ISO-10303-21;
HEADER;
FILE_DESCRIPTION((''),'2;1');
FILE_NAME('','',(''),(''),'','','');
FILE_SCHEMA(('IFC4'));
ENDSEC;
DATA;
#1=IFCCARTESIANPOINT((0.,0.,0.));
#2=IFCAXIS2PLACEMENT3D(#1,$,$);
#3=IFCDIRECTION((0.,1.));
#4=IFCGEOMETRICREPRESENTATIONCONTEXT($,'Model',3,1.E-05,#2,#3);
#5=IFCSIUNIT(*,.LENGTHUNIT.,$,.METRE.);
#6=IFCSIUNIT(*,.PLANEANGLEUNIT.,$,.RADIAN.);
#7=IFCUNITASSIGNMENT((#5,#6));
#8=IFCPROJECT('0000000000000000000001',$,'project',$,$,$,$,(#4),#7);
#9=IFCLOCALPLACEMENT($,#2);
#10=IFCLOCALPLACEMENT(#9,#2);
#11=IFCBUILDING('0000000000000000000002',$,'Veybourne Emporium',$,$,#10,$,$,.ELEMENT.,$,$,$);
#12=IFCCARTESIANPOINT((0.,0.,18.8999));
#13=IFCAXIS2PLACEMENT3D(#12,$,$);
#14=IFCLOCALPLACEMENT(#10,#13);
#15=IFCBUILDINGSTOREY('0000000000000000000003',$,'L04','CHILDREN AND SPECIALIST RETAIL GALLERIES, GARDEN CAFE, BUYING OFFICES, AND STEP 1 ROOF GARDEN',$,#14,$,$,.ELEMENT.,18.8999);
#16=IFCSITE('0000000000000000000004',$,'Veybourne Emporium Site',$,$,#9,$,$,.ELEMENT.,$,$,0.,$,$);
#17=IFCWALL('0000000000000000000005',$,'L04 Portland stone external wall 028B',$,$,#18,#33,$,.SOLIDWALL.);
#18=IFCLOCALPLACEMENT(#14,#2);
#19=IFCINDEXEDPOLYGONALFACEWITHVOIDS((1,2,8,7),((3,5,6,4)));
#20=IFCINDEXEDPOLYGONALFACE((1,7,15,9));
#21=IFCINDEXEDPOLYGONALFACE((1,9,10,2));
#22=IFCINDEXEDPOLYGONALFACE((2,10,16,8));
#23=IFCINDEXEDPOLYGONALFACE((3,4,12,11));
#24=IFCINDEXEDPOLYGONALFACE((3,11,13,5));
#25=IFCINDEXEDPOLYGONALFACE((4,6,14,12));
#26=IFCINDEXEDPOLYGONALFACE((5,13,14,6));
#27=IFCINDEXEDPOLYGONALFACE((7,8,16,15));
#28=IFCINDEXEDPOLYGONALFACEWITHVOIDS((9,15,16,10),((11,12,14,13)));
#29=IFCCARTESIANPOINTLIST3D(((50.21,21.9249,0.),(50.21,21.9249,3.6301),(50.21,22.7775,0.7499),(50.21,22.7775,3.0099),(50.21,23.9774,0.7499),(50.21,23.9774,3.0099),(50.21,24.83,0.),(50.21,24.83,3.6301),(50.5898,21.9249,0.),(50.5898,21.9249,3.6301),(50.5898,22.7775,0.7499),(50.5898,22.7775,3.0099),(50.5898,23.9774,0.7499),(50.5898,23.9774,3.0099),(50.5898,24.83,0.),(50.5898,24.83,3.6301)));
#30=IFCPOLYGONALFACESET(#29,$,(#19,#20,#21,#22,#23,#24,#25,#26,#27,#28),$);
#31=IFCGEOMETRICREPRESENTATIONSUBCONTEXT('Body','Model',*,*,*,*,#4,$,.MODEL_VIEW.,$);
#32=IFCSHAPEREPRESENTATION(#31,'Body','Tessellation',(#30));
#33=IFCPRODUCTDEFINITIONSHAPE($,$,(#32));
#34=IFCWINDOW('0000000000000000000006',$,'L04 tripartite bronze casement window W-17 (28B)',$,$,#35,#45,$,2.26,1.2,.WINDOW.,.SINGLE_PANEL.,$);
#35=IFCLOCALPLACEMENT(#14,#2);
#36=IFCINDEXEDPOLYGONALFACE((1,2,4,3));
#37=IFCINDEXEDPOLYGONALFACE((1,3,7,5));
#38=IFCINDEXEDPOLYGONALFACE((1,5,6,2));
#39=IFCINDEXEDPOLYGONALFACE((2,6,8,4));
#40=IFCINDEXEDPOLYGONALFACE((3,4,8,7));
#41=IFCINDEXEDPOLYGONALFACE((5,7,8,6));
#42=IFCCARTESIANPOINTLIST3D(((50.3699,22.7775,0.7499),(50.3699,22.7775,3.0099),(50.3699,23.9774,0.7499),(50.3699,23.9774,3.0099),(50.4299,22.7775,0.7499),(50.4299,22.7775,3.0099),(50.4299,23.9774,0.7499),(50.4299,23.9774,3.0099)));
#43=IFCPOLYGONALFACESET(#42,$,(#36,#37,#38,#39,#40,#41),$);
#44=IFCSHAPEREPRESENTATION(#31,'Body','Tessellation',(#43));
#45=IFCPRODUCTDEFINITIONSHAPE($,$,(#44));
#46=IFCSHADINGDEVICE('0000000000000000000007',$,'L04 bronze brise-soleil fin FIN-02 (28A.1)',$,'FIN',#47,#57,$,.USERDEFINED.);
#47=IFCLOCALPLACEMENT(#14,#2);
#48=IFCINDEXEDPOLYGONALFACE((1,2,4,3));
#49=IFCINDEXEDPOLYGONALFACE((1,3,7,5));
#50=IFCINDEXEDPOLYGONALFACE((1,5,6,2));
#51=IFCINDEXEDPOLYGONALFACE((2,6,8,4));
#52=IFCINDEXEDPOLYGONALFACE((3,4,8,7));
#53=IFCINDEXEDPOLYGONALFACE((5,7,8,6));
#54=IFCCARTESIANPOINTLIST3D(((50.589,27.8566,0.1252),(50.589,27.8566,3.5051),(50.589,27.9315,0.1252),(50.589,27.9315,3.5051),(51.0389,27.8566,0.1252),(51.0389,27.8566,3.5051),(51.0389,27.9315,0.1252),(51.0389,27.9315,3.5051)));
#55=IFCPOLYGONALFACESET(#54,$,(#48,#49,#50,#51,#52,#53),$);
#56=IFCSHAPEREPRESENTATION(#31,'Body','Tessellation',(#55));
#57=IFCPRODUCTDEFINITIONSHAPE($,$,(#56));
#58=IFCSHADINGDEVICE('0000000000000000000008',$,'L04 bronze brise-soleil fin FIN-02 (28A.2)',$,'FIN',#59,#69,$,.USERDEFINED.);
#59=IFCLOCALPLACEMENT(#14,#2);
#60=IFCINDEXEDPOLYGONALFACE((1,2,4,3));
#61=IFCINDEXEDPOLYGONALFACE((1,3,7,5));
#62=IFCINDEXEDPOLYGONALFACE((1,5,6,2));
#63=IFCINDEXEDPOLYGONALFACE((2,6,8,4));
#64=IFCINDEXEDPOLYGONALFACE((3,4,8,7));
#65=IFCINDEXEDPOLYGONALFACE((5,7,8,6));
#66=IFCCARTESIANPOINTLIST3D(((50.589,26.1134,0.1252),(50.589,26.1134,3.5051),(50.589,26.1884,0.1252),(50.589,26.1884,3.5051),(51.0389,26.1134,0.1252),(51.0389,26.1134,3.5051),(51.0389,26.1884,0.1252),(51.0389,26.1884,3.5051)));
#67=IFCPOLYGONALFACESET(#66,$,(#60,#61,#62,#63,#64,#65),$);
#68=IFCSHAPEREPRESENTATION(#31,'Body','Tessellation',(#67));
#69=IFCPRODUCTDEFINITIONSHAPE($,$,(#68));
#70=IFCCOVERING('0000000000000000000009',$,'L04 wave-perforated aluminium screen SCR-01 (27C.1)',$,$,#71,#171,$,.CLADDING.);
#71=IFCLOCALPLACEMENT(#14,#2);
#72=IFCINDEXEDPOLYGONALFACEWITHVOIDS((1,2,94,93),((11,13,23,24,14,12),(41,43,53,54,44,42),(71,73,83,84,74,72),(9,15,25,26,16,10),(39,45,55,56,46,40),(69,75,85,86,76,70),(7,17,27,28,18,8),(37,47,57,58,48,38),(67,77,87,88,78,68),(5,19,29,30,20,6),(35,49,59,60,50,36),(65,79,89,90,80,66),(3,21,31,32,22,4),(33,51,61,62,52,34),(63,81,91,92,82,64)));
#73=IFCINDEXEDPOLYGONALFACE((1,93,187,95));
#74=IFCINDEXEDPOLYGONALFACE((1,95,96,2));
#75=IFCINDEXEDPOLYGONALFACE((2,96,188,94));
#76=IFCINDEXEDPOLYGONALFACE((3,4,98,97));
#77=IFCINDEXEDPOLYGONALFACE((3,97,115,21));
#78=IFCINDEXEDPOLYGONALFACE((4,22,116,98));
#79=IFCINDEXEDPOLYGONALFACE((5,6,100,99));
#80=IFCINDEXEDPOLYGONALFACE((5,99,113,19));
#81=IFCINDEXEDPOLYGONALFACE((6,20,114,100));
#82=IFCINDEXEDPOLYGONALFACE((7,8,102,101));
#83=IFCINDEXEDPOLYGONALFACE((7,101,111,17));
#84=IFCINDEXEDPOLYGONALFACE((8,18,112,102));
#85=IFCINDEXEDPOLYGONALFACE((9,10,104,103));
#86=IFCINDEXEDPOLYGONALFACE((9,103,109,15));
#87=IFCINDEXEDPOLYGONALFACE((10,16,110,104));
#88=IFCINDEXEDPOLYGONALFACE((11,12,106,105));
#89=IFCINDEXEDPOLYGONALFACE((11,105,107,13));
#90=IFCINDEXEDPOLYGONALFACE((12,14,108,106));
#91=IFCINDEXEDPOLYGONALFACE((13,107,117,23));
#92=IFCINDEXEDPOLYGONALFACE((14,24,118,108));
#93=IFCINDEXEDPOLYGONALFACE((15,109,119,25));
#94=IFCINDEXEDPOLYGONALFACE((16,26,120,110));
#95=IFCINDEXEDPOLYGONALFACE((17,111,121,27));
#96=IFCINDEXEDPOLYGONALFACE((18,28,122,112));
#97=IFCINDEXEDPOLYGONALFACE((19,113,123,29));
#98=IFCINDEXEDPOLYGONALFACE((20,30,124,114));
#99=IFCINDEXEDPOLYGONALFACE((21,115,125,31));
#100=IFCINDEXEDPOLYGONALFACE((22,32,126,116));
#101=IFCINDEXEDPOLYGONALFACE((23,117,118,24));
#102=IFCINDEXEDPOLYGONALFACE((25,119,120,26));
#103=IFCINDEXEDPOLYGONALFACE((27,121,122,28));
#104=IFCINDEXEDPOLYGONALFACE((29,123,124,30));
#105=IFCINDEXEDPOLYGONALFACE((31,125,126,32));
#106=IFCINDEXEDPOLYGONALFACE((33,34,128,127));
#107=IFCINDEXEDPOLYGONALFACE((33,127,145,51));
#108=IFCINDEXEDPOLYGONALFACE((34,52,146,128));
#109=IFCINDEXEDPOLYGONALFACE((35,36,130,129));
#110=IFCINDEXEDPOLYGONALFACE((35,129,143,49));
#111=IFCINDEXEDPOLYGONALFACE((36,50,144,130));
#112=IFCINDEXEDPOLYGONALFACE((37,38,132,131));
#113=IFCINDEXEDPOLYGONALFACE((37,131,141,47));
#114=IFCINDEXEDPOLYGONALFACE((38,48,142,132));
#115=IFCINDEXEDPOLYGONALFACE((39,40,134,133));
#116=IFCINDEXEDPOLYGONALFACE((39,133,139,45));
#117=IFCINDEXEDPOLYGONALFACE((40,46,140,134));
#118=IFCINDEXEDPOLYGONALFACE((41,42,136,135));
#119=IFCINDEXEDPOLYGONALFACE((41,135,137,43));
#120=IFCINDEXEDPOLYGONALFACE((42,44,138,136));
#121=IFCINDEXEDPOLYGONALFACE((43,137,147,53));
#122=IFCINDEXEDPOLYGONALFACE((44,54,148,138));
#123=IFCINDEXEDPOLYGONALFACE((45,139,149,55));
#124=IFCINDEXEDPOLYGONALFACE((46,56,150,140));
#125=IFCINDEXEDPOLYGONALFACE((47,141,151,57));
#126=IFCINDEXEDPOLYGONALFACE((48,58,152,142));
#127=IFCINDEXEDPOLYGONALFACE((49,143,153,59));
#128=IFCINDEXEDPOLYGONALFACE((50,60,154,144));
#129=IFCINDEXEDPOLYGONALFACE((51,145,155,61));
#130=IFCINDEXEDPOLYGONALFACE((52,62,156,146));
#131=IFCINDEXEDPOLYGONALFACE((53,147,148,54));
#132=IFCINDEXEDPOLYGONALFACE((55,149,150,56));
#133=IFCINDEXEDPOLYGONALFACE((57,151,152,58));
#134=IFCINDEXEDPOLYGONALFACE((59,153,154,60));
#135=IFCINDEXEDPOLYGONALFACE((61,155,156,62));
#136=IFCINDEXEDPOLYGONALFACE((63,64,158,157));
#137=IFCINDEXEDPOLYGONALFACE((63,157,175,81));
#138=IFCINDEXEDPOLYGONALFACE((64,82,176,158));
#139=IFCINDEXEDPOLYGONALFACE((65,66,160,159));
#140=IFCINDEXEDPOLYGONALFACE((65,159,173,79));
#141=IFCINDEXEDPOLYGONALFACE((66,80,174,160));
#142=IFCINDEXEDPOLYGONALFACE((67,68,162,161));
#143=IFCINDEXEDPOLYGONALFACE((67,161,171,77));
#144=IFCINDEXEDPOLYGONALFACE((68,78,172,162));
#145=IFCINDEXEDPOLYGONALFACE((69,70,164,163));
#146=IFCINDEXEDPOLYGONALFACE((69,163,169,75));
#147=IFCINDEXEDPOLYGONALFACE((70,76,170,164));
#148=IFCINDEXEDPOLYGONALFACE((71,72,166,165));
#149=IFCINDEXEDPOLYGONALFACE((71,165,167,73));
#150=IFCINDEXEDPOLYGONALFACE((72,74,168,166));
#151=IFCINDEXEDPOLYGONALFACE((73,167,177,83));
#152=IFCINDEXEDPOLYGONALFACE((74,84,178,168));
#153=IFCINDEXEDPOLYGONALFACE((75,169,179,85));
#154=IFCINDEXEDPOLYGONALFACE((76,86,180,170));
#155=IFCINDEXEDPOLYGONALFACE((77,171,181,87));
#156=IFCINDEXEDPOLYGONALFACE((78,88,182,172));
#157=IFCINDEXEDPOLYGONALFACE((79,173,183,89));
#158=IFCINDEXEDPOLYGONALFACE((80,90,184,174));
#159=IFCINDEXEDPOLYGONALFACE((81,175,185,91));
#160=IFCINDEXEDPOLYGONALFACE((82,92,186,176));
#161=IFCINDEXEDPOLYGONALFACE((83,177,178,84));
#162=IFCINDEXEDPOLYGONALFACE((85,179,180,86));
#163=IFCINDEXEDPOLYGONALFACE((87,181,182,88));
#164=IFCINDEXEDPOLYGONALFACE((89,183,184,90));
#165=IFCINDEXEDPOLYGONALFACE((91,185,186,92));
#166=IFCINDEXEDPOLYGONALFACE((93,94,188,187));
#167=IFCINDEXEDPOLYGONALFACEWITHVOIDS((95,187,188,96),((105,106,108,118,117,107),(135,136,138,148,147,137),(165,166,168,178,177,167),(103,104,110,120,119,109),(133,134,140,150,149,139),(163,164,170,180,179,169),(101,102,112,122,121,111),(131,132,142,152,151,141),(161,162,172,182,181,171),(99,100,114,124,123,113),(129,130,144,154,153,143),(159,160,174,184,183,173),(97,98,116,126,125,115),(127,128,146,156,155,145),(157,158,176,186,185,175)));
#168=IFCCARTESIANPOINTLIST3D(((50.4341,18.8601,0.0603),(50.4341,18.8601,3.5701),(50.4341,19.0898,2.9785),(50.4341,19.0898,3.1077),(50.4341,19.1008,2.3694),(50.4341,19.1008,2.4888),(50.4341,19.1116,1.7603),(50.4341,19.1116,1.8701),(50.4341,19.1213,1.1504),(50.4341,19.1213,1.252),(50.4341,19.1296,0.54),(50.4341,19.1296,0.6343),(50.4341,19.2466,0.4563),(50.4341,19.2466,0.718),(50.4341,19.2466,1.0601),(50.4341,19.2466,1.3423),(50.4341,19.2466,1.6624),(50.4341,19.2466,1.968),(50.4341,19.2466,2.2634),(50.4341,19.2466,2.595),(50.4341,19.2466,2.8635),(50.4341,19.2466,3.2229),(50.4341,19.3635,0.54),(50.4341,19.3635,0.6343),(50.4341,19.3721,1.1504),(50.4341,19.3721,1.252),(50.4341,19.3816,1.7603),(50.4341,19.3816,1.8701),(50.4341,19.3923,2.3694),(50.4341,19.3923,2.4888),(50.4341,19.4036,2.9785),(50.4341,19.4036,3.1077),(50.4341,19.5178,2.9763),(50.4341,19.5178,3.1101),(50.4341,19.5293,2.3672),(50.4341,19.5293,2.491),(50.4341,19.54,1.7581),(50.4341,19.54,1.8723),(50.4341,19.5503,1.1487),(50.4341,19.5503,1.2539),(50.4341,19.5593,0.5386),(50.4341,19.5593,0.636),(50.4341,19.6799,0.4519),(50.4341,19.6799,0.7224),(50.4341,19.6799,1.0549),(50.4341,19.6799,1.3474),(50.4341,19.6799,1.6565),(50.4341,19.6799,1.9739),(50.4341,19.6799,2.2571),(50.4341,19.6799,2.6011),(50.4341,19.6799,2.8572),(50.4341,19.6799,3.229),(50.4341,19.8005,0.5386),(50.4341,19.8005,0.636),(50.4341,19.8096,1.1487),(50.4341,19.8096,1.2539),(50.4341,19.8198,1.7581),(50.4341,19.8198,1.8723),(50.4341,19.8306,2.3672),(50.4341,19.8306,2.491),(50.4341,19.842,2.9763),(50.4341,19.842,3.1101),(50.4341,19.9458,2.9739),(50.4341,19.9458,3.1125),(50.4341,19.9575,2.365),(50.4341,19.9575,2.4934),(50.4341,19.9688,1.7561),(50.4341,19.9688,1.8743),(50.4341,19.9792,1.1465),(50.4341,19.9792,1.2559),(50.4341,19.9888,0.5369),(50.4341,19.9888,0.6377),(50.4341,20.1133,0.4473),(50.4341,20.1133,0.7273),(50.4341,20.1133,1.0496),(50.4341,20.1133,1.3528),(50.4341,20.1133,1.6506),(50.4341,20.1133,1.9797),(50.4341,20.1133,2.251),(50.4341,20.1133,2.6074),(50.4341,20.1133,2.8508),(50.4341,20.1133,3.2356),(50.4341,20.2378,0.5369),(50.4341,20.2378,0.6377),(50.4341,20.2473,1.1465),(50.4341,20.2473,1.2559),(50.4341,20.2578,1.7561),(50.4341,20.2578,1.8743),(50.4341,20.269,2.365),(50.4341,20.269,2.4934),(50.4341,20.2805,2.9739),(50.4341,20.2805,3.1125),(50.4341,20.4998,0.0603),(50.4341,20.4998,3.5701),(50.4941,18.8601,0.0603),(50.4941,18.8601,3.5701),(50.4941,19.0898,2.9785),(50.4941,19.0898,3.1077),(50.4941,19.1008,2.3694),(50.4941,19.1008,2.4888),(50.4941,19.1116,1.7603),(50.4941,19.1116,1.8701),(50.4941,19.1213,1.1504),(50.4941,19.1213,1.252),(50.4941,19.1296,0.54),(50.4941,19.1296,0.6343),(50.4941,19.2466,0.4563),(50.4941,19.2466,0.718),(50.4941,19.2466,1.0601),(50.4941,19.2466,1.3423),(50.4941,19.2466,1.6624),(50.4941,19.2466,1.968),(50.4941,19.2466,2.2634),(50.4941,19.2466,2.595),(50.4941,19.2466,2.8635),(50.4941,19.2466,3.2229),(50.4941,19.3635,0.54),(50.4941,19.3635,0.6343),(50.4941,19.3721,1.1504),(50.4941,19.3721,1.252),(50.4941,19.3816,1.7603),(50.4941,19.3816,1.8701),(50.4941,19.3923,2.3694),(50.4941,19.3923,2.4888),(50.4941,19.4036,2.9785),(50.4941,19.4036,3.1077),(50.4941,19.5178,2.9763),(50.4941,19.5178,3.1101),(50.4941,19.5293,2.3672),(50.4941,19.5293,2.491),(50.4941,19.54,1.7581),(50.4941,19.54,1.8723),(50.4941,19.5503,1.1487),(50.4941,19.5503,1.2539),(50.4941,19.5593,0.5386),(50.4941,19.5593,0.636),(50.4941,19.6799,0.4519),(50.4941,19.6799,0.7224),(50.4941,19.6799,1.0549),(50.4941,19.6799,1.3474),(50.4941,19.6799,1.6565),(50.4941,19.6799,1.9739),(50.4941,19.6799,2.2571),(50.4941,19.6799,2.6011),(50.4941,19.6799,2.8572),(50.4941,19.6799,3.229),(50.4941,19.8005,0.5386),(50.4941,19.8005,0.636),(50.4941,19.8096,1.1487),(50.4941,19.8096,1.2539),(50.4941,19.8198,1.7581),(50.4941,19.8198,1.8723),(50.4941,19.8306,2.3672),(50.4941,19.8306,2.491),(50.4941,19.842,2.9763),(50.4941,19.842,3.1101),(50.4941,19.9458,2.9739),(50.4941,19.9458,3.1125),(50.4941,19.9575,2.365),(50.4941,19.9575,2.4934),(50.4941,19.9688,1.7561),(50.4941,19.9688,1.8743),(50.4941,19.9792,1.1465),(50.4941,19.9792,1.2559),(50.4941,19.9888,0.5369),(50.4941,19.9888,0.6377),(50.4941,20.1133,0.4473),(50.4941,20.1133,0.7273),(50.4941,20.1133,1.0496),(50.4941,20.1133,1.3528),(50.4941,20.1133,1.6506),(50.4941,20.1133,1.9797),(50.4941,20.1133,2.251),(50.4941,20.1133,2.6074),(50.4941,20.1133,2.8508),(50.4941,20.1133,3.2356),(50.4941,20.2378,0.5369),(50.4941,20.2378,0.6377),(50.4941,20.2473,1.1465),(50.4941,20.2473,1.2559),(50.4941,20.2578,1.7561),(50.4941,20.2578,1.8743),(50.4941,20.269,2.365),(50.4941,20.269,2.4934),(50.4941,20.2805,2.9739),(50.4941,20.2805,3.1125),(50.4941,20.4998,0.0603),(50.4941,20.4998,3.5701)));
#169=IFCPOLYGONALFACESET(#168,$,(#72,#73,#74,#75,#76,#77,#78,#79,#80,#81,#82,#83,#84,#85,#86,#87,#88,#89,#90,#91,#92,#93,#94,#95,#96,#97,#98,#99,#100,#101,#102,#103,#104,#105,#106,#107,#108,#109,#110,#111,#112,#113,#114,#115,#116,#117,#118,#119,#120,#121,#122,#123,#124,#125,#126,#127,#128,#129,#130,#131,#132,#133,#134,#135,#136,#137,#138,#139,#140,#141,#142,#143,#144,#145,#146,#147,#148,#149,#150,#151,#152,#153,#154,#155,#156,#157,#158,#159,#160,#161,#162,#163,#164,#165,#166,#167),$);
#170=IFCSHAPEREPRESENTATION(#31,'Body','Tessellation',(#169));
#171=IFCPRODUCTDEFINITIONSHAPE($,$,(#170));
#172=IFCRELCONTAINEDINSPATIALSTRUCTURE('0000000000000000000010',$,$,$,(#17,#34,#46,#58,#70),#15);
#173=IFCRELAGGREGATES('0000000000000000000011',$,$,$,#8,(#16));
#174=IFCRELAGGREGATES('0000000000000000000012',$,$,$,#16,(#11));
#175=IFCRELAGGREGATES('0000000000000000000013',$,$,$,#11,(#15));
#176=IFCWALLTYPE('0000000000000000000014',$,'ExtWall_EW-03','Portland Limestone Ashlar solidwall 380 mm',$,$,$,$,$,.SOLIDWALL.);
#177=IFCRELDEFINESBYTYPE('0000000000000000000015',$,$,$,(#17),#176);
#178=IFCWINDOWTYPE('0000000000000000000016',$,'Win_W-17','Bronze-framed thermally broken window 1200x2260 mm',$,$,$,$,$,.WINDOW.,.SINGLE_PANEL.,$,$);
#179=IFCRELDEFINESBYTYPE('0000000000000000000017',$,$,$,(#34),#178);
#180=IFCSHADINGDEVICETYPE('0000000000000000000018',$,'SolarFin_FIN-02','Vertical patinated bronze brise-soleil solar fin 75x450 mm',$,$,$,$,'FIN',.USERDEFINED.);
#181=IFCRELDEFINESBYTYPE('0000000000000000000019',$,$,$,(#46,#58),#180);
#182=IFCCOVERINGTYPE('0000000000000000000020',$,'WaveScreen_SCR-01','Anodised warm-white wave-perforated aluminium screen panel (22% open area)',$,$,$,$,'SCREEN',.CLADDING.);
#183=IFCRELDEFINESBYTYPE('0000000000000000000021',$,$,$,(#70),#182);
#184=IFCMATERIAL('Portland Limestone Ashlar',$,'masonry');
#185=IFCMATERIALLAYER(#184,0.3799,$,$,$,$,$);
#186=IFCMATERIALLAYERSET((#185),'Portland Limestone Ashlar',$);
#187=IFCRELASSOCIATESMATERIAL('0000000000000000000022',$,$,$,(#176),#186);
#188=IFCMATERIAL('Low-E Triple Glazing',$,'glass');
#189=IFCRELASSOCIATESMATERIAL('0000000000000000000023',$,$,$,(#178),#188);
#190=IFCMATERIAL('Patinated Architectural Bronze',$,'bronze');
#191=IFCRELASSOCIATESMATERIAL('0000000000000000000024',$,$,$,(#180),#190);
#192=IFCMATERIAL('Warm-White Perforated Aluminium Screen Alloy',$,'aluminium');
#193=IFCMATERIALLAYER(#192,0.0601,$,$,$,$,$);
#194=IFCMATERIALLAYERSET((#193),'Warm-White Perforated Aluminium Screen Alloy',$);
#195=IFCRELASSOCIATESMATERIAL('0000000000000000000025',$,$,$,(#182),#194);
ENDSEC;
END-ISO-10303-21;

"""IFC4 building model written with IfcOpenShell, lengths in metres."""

from ifc_helpers import new_model, si_unit, direction, frame, frame_2d, origin, origin_2d, place, context, subcontext, project, spatial, polyline, rectangle, outline, extrude, material, layer, layer_set, type_object, element, fill, save


model = new_model("IFC4")

# Units and contexts
model_context = context("Model", 3, precision=1e-05, world=origin(), true_north=direction((0.0, 1.0)))
body_context = subcontext(model_context, "Body", "Model", "MODEL_VIEW")
ifc_project = project(units=[si_unit("LENGTHUNIT", "METRE"), si_unit("PLANEANGLEUNIT", "RADIAN")], contexts=[model_context])

# Site, building, storey
site_placement = place(None, origin())
site = spatial("IfcSite", under=ifc_project, at=site_placement, Name="Veybourne Emporium Site", CompositionType="ELEMENT", RefElevation=0.0)
building_placement = place(site_placement, origin())
building = spatial("IfcBuilding", under=site, at=building_placement, Name="Veybourne Emporium", CompositionType="ELEMENT")
storey_placement = place(building_placement, frame((0.0, 0.0, 18.8999)))
storey = spatial("IfcBuildingStorey", under=building, at=storey_placement, Name="L04", Description="CHILDREN AND SPECIALIST RETAIL GALLERIES, GARDEN CAFE, BUYING OFFICES, AND STEP 1 ROOF GARDEN", CompositionType="ELEMENT", Elevation=18.8999)

# Shared definitions
ifc_material_1 = material(Name="Patinated Architectural Bronze", Category="bronze")
ifc_material_2 = material(Name="Low-E Triple Glazing", Category="glass")

# Wall, opening, window
ifc_material_3 = material(Name="Portland Limestone Ashlar", Category="masonry")
ifc_layer_1 = layer(ifc_material_3, 0.3799)
ifc_layer_set_1 = layer_set([ifc_layer_1], Name="Portland Limestone Ashlar")
wall_type = type_object("IfcWallType", Name="ExtWall_EW-03", Description="Portland Limestone Ashlar solidwall 380 mm", PredefinedType="SOLIDWALL", material=ifc_layer_set_1)
wall_1_placement = place(storey_placement, frame((50.3999, 24.8301, 0.0), z_axis=(0.0, 0.0, 1.0), x_axis=(0.0, -1.0, 0.0)))
wall_1 = element("IfcWall", 1, at=wall_1_placement, inside=storey, type_object=wall_type, Name="L04 Portland stone external wall 028B", PredefinedType="SOLIDWALL", context=body_context, shape_type="SweptSolid", body=[
    extrude(rectangle(XDim=2.905, YDim=0.3799, at=frame_2d((1.4526, 0.0))), origin(), (0.0, 0.0, 1.0), 3.6301),
])
opening_1_placement = place(wall_1_placement, frame((0.8525, 0.0, 0.75)))
opening_1 = element("IfcOpeningElement", 2, at=opening_1_placement, cuts=wall_1, PredefinedType="OPENING", context=body_context, shape_type="SweptSolid", body=[
    extrude(rectangle(XDim=1.2, YDim=2.26, at=frame_2d((0.6001, 1.1299))), frame((0.0, 0.21, 0.0), z_axis=(0.0, -1.0, 0.0), x_axis=(1.0, 0.0, 0.0)), (0.0, 0.0, 1.0), 0.4199),
])
window_type_1 = type_object("IfcWindowType", Name="Win_W-17", Description="Bronze-framed thermally broken window 1200x2260 mm", PartitioningType="SINGLE_PANEL", PredefinedType="WINDOW", material=ifc_material_2)
window_1_placement = place(opening_1_placement, origin())
window_1 = element("IfcWindow", 3, at=window_1_placement, inside=storey, type_object=window_type_1, Name="L04 tripartite bronze casement window W-17 (28B)", OverallHeight=2.26, OverallWidth=1.2, PartitioningType="SINGLE_PANEL", PredefinedType="WINDOW", context=body_context, shape_type="SweptSolid", body=[
    extrude(rectangle(XDim=1.2, YDim=2.26, at=frame_2d((0.6001, 1.1299))), frame((0.0, 0.03, 0.0), z_axis=(0.0, -1.0, 0.0), x_axis=(1.0, 0.0, 0.0)), (0.0, 0.0, 1.0), 0.0601),
])
fill(opening_1, window_1)

# Shading devices
shading_device_type = type_object("IfcShadingDeviceType", Name="SolarFin_FIN-02", Description="Vertical patinated bronze brise-soleil solar fin 75x450 mm", ElementType="FIN", PredefinedType="USERDEFINED", material=ifc_material_1)
for number, where, z_axis, x_axis, name in (
    (4, (50.814, 27.894, 0.1252), (0.0, 0.0, 1.0), (0.0, -1.0, 0.0), "L04 bronze brise-soleil fin FIN-02 (28A.1)"),
    (5, (50.814, 26.1509, 0.1252), (0.0, 0.0, 1.0), (0.0, -1.0, 0.0), "L04 bronze brise-soleil fin FIN-02 (28A.2)"),
):
    element("IfcShadingDevice", number, at=place(storey_placement, frame(where, z_axis=z_axis, x_axis=x_axis)), inside=storey, type_object=shading_device_type, Name=name, ObjectType="FIN", PredefinedType="USERDEFINED", context=body_context, shape_type="SweptSolid", body=[
        extrude(rectangle(XDim=0.075, YDim=0.45, at=origin_2d()), origin(), (0.0, 0.0, 1.0), 3.3799),
    ])

# Covering
ifc_material_4 = material(Name="Warm-White Perforated Aluminium Screen Alloy", Category="aluminium")
ifc_layer_2 = layer(ifc_material_4, 0.0601)
ifc_layer_set_2 = layer_set([ifc_layer_2], Name="Warm-White Perforated Aluminium Screen Alloy")
covering_type_1 = type_object("IfcCoveringType", Name="WaveScreen_SCR-01", Description="Anodised warm-white wave-perforated aluminium screen panel (22% open area)", ElementType="SCREEN", PredefinedType="CLADDING", material=ifc_layer_set_2)
covering_1_placement = place(storey_placement, frame((50.4941, 19.6799, 1.8152), z_axis=(-1.0, 0.0, 0.0), x_axis=(0.0, -1.0, 0.0)))
element("IfcCovering", 6, at=covering_1_placement, inside=storey, type_object=covering_type_1, Name="L04 wave-perforated aluminium screen SCR-01 (27C.1)", PredefinedType="CLADDING", context=body_context, shape_type="SweptSolid", body=[
    extrude(outline(polyline([(-0.8198, -1.7549), (0.8198, -1.7549), (0.8198, 1.7549), (-0.8198, 1.7549), (-0.8198, -1.7549)]), holes=[polyline([(-0.4333, -1.0879), (-0.3088, -1.1775), (-0.3088, -1.2783), (-0.4333, -1.3679), (-0.5579, -1.2783), (-0.5579, -1.1775), (-0.4333, -1.0879)]), polyline([(-0.4333, -0.4624), (-0.2993, -0.5593), (-0.2993, -0.6687), (-0.4333, -0.7656), (-0.5674, -0.6687), (-0.5674, -0.5593), (-0.4333, -0.4624)]), polyline([(-0.4333, 0.1646), (-0.2888, 0.0591), (-0.2888, -0.0591), (-0.4333, -0.1646), (-0.5779, -0.0591), (-0.5779, 0.0591), (-0.4333, 0.1646)]), polyline([(-0.4333, 0.7922), (-0.2776, 0.6782), (-0.2776, 0.5498), (-0.4333, 0.4358), (-0.5891, 0.5498), (-0.5891, 0.6782), (-0.4333, 0.7922)]), polyline([(-0.4333, 1.4204), (-0.2659, 1.2974), (-0.2659, 1.1587), (-0.4333, 1.0356), (-0.6006, 1.1587), (-0.6006, 1.2974), (-0.4333, 1.4204)]), polyline([(0.0, -1.0928), (0.1206, -1.1792), (0.1206, -1.2766), (0.0, -1.3633), (-0.1206, -1.2766), (-0.1206, -1.1792), (0.0, -1.0928)]), polyline([(0.0, -0.4678), (0.1296, -0.5613), (0.1296, -0.6665), (0.0, -0.7603), (-0.1296, -0.6665), (-0.1296, -0.5613), (0.0, -0.4678)]), polyline([(0.0, 0.1587), (0.1399, 0.0571), (0.1399, -0.0571), (0.0, -0.1587), (-0.1399, -0.0571), (-0.1399, 0.0571), (0.0, 0.1587)]), polyline([(0.0, 0.7859), (0.1506, 0.6758), (0.1506, 0.552), (0.0, 0.4419), (-0.1506, 0.552), (-0.1506, 0.6758), (0.0, 0.7859)]), polyline([(0.0, 1.4138), (0.1621, 1.2949), (0.1621, 1.1611), (0.0, 1.042), (-0.1621, 1.1611), (-0.1621, 1.2949), (0.0, 1.4138)]), polyline([(0.4333, -1.0972), (0.5503, -1.1809), (0.5503, -1.2751), (0.4333, -1.3589), (0.3164, -1.2751), (0.3164, -1.1809), (0.4333, -1.0972)]), polyline([(0.4333, -0.4729), (0.5586, -0.5632), (0.5586, -0.6648), (0.4333, -0.7551), (0.3079, -0.6648), (0.3079, -0.5632), (0.4333, -0.4729)]), polyline([(0.4333, 0.1528), (0.5684, 0.0549), (0.5684, -0.0549), (0.4333, -0.1528), (0.2983, -0.0549), (0.2983, 0.0549), (0.4333, 0.1528)]), polyline([(0.4333, 0.7798), (0.5791, 0.6736), (0.5791, 0.5542), (0.4333, 0.4482), (0.2876, 0.5542), (0.2876, 0.6736), (0.4333, 0.7798)]), polyline([(0.4333, 1.4077), (0.5901, 1.2925), (0.5901, 1.1633), (0.4333, 1.0483), (0.2764, 1.1633), (0.2764, 1.2925), (0.4333, 1.4077)])]), origin(), (0.0, 0.0, 1.0), 0.0601),
])

save(model, "model.ifc")
